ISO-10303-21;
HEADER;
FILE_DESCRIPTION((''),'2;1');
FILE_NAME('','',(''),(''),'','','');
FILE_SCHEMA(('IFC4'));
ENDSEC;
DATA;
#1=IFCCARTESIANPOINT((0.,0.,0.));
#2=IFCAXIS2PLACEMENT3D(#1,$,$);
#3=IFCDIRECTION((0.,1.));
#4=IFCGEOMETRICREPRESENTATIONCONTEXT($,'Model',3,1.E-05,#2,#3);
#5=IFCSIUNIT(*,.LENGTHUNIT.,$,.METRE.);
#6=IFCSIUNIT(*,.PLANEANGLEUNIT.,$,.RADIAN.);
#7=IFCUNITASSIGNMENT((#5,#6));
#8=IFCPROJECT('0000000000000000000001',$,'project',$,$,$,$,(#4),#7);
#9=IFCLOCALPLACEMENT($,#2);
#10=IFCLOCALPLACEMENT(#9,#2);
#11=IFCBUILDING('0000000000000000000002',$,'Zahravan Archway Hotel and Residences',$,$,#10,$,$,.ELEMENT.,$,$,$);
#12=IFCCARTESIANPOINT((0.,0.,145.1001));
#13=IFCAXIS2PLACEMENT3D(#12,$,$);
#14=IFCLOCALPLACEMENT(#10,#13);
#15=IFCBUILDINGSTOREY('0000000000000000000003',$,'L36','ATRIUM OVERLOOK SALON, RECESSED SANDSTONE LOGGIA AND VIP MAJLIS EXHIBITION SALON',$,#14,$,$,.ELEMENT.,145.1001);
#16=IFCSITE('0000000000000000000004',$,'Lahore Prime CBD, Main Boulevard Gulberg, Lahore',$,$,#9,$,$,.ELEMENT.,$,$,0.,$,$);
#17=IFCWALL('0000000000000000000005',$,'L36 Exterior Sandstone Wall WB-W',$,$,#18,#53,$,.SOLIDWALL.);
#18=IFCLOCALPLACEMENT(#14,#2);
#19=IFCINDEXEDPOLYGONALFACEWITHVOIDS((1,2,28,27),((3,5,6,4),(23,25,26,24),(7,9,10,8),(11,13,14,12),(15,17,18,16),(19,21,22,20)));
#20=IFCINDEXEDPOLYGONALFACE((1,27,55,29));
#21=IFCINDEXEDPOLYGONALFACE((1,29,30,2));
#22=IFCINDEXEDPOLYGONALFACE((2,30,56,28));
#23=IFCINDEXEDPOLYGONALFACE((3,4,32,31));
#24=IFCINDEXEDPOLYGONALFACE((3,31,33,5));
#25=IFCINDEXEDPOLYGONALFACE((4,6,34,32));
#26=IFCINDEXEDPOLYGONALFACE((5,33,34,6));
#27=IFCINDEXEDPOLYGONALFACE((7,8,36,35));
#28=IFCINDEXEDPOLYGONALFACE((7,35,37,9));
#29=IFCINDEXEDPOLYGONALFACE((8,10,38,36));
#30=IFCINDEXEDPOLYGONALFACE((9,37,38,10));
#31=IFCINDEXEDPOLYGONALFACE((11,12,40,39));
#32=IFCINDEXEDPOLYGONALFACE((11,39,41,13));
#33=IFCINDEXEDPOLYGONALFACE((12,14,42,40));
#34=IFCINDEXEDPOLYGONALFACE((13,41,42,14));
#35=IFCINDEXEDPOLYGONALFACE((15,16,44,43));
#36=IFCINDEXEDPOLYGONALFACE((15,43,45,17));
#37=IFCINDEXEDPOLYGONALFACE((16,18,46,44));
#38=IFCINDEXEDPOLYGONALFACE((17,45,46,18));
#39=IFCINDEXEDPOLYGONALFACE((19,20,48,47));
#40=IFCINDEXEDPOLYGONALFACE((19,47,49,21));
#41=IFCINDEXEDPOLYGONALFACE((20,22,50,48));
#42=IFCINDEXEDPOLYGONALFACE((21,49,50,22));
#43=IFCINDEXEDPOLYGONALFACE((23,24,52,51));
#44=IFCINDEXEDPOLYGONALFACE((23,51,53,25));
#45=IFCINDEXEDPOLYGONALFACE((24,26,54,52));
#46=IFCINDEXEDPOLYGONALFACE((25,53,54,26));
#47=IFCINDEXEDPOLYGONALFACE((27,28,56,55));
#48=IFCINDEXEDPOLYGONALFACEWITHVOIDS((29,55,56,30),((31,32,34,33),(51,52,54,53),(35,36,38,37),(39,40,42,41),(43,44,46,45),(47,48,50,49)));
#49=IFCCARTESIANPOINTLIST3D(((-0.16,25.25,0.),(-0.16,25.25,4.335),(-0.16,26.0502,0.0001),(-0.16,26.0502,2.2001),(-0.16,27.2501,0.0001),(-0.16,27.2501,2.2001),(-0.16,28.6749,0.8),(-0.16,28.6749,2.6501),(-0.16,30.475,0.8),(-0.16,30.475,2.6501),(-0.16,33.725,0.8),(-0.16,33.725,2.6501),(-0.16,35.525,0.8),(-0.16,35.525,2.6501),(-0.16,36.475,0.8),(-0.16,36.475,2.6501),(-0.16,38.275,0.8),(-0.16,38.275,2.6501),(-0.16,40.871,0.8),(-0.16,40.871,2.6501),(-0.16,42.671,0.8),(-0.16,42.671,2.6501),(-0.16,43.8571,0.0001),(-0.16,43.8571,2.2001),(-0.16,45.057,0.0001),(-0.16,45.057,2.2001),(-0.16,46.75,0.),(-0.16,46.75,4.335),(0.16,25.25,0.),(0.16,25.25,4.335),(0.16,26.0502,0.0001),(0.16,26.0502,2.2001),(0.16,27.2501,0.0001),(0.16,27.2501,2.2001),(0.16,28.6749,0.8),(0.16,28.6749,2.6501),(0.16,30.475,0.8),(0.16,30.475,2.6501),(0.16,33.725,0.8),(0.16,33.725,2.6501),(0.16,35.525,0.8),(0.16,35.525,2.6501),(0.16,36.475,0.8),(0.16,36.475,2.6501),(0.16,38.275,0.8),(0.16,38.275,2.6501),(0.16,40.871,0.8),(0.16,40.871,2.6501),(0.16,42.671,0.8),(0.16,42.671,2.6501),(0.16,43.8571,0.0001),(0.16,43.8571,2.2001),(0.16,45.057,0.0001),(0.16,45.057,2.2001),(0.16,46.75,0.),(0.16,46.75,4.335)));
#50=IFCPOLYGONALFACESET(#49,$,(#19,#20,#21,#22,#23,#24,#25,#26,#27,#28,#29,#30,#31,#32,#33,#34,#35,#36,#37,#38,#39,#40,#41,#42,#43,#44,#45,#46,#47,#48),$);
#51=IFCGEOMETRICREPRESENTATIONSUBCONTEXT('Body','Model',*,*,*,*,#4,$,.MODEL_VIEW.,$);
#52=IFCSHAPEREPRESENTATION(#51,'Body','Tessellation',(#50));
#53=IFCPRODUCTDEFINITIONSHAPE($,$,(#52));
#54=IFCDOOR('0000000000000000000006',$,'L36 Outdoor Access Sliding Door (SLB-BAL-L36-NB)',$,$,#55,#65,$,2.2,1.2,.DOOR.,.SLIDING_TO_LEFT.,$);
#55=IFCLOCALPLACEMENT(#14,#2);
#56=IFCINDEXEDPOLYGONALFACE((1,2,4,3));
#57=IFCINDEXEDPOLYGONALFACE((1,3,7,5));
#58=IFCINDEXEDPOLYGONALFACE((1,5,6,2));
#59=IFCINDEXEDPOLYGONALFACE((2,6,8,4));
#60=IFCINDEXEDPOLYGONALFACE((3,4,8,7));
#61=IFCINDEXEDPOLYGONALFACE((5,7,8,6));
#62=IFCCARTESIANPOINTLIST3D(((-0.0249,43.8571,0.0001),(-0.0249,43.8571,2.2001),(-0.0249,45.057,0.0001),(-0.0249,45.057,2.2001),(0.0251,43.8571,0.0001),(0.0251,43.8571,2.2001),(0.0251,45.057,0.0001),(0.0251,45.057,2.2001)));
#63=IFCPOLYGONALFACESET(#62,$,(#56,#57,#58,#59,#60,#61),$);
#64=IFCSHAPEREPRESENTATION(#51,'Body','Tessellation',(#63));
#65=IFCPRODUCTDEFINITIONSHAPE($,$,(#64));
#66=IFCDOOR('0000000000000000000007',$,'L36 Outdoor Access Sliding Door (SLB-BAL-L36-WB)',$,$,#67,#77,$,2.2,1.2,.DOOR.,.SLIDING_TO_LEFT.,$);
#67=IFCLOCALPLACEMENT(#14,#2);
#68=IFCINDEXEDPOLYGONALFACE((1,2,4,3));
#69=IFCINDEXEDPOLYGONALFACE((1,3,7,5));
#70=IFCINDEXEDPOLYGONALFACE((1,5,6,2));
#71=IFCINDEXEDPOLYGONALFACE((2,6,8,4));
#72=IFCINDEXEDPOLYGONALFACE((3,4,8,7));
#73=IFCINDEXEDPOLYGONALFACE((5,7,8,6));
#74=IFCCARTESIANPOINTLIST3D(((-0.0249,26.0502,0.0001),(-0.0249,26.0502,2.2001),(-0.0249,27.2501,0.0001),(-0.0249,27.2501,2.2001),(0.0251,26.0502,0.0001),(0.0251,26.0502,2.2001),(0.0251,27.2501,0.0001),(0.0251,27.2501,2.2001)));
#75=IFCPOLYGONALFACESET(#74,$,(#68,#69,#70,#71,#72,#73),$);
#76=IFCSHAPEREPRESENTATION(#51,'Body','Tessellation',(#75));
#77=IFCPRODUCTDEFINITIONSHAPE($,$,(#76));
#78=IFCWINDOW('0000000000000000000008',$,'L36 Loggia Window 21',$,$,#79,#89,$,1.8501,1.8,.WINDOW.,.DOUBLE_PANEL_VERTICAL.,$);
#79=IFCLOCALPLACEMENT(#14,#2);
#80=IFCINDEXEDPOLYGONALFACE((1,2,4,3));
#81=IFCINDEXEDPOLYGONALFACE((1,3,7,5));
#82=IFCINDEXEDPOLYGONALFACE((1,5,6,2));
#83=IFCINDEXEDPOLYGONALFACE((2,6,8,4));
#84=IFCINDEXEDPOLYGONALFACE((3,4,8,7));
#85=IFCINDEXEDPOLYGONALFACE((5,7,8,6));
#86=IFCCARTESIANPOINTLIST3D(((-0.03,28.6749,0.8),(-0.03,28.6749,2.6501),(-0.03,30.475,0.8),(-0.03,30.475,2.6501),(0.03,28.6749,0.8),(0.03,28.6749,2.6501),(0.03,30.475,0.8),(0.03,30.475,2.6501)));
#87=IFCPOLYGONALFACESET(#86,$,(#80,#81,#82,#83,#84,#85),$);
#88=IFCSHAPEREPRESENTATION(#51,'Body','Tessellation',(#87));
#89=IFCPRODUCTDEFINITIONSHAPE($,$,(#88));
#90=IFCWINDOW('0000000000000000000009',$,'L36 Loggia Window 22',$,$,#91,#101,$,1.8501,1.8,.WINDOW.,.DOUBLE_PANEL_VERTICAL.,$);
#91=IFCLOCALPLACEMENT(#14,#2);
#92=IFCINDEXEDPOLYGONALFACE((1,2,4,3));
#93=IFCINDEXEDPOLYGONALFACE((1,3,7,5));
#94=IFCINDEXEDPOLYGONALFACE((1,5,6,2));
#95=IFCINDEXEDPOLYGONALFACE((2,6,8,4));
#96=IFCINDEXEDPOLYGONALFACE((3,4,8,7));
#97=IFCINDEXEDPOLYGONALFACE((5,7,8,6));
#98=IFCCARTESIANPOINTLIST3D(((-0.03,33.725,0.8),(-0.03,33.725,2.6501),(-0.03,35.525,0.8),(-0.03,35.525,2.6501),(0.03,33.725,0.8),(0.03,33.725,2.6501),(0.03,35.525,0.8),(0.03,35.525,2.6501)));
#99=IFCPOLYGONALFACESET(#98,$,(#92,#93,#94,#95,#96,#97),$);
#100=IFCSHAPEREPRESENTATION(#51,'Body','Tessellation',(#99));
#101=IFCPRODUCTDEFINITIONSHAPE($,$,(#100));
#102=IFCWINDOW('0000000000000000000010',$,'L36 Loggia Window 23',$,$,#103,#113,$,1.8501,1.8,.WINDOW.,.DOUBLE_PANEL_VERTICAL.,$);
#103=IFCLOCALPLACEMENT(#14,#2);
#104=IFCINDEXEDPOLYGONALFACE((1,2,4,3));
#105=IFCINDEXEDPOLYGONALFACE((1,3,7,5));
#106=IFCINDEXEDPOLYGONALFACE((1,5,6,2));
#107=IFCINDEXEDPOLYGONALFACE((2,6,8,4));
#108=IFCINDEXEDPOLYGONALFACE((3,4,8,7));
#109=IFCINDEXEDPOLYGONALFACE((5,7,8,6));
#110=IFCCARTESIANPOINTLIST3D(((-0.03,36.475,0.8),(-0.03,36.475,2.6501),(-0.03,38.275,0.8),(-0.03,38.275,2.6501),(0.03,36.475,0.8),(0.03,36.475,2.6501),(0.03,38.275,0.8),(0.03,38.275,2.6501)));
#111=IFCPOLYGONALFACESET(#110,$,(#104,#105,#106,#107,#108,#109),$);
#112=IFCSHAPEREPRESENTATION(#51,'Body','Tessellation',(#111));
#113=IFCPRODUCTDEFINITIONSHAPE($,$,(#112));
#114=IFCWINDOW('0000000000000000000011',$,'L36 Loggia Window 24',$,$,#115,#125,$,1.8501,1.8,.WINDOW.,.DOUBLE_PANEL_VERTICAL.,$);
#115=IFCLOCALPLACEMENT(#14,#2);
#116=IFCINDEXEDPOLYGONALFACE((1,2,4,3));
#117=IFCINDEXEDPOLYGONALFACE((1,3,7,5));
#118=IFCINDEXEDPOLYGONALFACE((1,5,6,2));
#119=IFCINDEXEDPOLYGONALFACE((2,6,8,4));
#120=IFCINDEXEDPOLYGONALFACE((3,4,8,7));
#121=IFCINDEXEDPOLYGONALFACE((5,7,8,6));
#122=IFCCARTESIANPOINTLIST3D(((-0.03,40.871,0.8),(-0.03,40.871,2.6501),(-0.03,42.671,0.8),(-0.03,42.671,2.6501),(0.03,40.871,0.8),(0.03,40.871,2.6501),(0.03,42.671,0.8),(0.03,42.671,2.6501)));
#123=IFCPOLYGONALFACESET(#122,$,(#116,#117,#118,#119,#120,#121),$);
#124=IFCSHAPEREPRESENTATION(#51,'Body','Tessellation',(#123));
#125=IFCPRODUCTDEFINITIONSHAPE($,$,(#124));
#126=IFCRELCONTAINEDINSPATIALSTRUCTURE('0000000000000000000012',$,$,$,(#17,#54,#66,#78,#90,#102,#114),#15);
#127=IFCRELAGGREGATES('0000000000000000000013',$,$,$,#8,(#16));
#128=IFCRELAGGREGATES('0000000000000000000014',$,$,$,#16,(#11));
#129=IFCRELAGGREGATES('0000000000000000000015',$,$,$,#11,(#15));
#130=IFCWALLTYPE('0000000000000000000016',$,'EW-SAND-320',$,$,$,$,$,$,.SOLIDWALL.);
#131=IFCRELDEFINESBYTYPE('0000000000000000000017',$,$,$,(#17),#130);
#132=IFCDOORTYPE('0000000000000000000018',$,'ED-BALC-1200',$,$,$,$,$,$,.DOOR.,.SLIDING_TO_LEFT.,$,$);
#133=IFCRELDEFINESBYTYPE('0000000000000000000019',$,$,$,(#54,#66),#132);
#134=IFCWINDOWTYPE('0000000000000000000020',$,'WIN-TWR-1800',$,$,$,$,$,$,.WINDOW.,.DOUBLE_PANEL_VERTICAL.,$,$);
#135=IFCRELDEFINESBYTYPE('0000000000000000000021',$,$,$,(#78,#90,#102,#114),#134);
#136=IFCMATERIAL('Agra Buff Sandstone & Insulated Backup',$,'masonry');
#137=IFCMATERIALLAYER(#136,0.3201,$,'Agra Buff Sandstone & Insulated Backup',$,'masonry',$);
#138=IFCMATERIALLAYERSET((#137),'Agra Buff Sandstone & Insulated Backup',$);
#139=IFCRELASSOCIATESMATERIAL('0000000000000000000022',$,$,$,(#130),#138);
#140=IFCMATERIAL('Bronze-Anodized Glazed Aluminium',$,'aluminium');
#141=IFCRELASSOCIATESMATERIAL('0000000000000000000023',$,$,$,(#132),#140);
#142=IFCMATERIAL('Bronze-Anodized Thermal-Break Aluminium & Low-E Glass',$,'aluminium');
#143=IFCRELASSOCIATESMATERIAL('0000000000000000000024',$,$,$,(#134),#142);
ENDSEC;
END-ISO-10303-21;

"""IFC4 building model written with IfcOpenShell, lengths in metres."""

from ifc_helpers import new_model, si_unit, direction, frame, frame_2d, origin, place, context, subcontext, project, spatial, rectangle, extrude, source, transform, mapped, material, layer, layer_set, type_object, type_shapes, element, fill, save


model = new_model("IFC4")

# Units and contexts
model_context = context("Model", 3, precision=1e-05, world=origin(), true_north=direction((0.0, 1.0)))
body_context = subcontext(model_context, "Body", "Model", "MODEL_VIEW")
ifc_project = project(units=[si_unit("LENGTHUNIT", "METRE"), si_unit("PLANEANGLEUNIT", "RADIAN")], contexts=[model_context])

# Site, building, storey
site_placement = place(None, origin())
site = spatial("IfcSite", under=ifc_project, at=site_placement, Name="Lahore Prime CBD, Main Boulevard Gulberg, Lahore", CompositionType="ELEMENT", RefElevation=0.0)
building_placement = place(site_placement, origin())
building = spatial("IfcBuilding", under=site, at=building_placement, Name="Zahravan Archway Hotel and Residences", CompositionType="ELEMENT")
storey_placement = place(building_placement, frame((0.0, 0.0, 145.1001)))
storey = spatial("IfcBuildingStorey", under=building, at=storey_placement, Name="L36", Description="ATRIUM OVERLOOK SALON, RECESSED SANDSTONE LOGGIA AND VIP MAJLIS EXHIBITION SALON", CompositionType="ELEMENT", Elevation=145.1001)

# Shared definitions
ifc_material_1 = material(Name="Agra Buff Sandstone & Insulated Backup", Category="masonry")
ifc_layer_1 = layer(ifc_material_1, 0.3201, Name="Agra Buff Sandstone & Insulated Backup", Category="masonry")
ifc_layer_set_1 = layer_set([ifc_layer_1], Name="Agra Buff Sandstone & Insulated Backup")
wall_type_1 = type_object("IfcWallType", Name="EW-SAND-320", PredefinedType="SOLIDWALL", material=ifc_layer_set_1)
ifc_material_2 = material(Name="Bronze-Anodized Thermal-Break Aluminium & Low-E Glass", Category="aluminium")

# Wall, openings, doors, windows
wall_1_placement = place(storey_placement, frame((0.0, 25.25, 0.0), z_axis=(0.0, 0.0, 1.0), x_axis=(0.0, 1.0, 0.0)))
wall_1 = element("IfcWall", 1, at=wall_1_placement, inside=storey, type_object=wall_type_1, Name="L36 Exterior Sandstone Wall WB-W", PredefinedType="SOLIDWALL", context=body_context, shape_type="SweptSolid", body=[
    extrude(rectangle(XDim=21.5, YDim=0.3201, at=frame_2d((10.75, 0.0))), origin(), (0.0, 0.0, 1.0), 4.335),
])
opening_1_placement = place(wall_1_placement, frame((18.6069, 0.0, 0.0)))
opening_1 = element("IfcOpeningElement", 2, at=opening_1_placement, cuts=wall_1, PredefinedType="OPENING", context=body_context, shape_type="SweptSolid", body=[
    extrude(rectangle(XDim=1.2, YDim=2.2, at=frame_2d((0.6001, 1.1001))), frame((0.0, 0.1699, 0.0), z_axis=(0.0, -1.0, 0.0), x_axis=(1.0, 0.0, 0.0)), (0.0, 0.0, 1.0), 0.3401),
])
opening_2_placement = place(wall_1_placement, frame((0.8, 0.0, 0.0)))
opening_2 = element("IfcOpeningElement", 3, at=opening_2_placement, cuts=wall_1, PredefinedType="OPENING", context=body_context, shape_type="SweptSolid", body=[
    extrude(rectangle(XDim=1.2, YDim=2.2, at=frame_2d((0.6001, 1.1001))), frame((0.0, 0.1699, 0.0), z_axis=(0.0, -1.0, 0.0), x_axis=(1.0, 0.0, 0.0)), (0.0, 0.0, 1.0), 0.3401),
])
opening_3_placement = place(wall_1_placement, frame((3.425, 0.0, 0.8)))
opening_3 = element("IfcOpeningElement", 4, at=opening_3_placement, cuts=wall_1, PredefinedType="OPENING", context=body_context, shape_type="SweptSolid", body=[
    extrude(rectangle(XDim=1.8, YDim=1.8501, at=frame_2d((0.8999, 0.925))), frame((0.0, 0.1699, 0.0), z_axis=(0.0, -1.0, 0.0), x_axis=(1.0, 0.0, 0.0)), (0.0, 0.0, 1.0), 0.3401),
])
opening_4_placement = place(wall_1_placement, frame((8.4751, 0.0, 0.8)))
opening_4 = element("IfcOpeningElement", 5, at=opening_4_placement, cuts=wall_1, PredefinedType="OPENING", context=body_context, shape_type="SweptSolid", body=[
    extrude(rectangle(XDim=1.8, YDim=1.8501, at=frame_2d((0.8999, 0.925))), frame((0.0, 0.1699, 0.0), z_axis=(0.0, -1.0, 0.0), x_axis=(1.0, 0.0, 0.0)), (0.0, 0.0, 1.0), 0.3401),
])
opening_5_placement = place(wall_1_placement, frame((11.2251, 0.0, 0.8)))
opening_5 = element("IfcOpeningElement", 6, at=opening_5_placement, cuts=wall_1, PredefinedType="OPENING", context=body_context, shape_type="SweptSolid", body=[
    extrude(rectangle(XDim=1.8, YDim=1.8501, at=frame_2d((0.8999, 0.925))), frame((0.0, 0.1699, 0.0), z_axis=(0.0, -1.0, 0.0), x_axis=(1.0, 0.0, 0.0)), (0.0, 0.0, 1.0), 0.3401),
])
opening_6_placement = place(wall_1_placement, frame((15.6211, 0.0, 0.8)))
opening_6 = element("IfcOpeningElement", 7, at=opening_6_placement, cuts=wall_1, PredefinedType="OPENING", context=body_context, shape_type="SweptSolid", body=[
    extrude(rectangle(XDim=1.8, YDim=1.8501, at=frame_2d((0.8999, 0.925))), frame((0.0, 0.1699, 0.0), z_axis=(0.0, -1.0, 0.0), x_axis=(1.0, 0.0, 0.0)), (0.0, 0.0, 1.0), 0.3401),
])
ifc_material_3 = material(Name="Bronze-Anodized Glazed Aluminium", Category="aluminium")
door_type_1 = type_object("IfcDoorType", Name="ED-BALC-1200", OperationType="SLIDING_TO_LEFT", PredefinedType="DOOR", material=ifc_material_3)
shared_shape_1 = source(origin(), body_context, "Body", "SweptSolid", [
    extrude(rectangle(XDim=1.2, YDim=2.2, at=frame_2d((0.6001, 1.1001))), frame((0.0, 0.0249, 0.0), z_axis=(0.0, -1.0, 0.0), x_axis=(1.0, 0.0, 0.0)), (0.0, 0.0, 1.0), 0.05),
])
type_shapes(door_type_1, [shared_shape_1])
door_1_placement = place(opening_1_placement, origin())
door_1 = element("IfcDoor", 8, at=door_1_placement, inside=storey, type_object=door_type_1, Name="L36 Outdoor Access Sliding Door (SLB-BAL-L36-NB)", OperationType="SLIDING_TO_LEFT", OverallHeight=2.2, OverallWidth=1.2, PredefinedType="DOOR", context=body_context, shape_type="MappedRepresentation", body=[
    mapped(shared_shape_1, transform((0.0, 0.0, 0.0), scale=1.0)),
])
fill(opening_1, door_1)
door_2_placement = place(opening_2_placement, origin())
door_2 = element("IfcDoor", 9, at=door_2_placement, inside=storey, type_object=door_type_1, Name="L36 Outdoor Access Sliding Door (SLB-BAL-L36-WB)", OperationType="SLIDING_TO_LEFT", OverallHeight=2.2, OverallWidth=1.2, PredefinedType="DOOR", context=body_context, shape_type="MappedRepresentation", body=[
    mapped(shared_shape_1, transform((0.0, 0.0, 0.0), scale=1.0)),
])
fill(opening_2, door_2)
window_type_1 = type_object("IfcWindowType", Name="WIN-TWR-1800", PartitioningType="DOUBLE_PANEL_VERTICAL", PredefinedType="WINDOW", material=ifc_material_2)
shared_shape_2 = source(origin(), body_context, "Body", "SweptSolid", [
    extrude(rectangle(XDim=1.8, YDim=1.8501, at=frame_2d((0.8999, 0.925))), frame((0.0, 0.03, 0.0), z_axis=(0.0, -1.0, 0.0), x_axis=(1.0, 0.0, 0.0)), (0.0, 0.0, 1.0), 0.0601),
])
type_shapes(window_type_1, [shared_shape_2])
window_1_placement = place(opening_3_placement, origin())
window_1 = element("IfcWindow", 10, at=window_1_placement, inside=storey, type_object=window_type_1, Name="L36 Loggia Window 21", OverallHeight=1.8501, OverallWidth=1.8, PartitioningType="DOUBLE_PANEL_VERTICAL", PredefinedType="WINDOW", context=body_context, shape_type="MappedRepresentation", body=[
    mapped(shared_shape_2, transform((0.0, 0.0, 0.0), scale=1.0)),
])
fill(opening_3, window_1)
window_2_placement = place(opening_4_placement, origin())
window_2 = element("IfcWindow", 11, at=window_2_placement, inside=storey, type_object=window_type_1, Name="L36 Loggia Window 22", OverallHeight=1.8501, OverallWidth=1.8, PartitioningType="DOUBLE_PANEL_VERTICAL", PredefinedType="WINDOW", context=body_context, shape_type="MappedRepresentation", body=[
    mapped(shared_shape_2, transform((0.0, 0.0, 0.0), scale=1.0)),
])
fill(opening_4, window_2)
window_3_placement = place(opening_5_placement, origin())
window_3 = element("IfcWindow", 12, at=window_3_placement, inside=storey, type_object=window_type_1, Name="L36 Loggia Window 23", OverallHeight=1.8501, OverallWidth=1.8, PartitioningType="DOUBLE_PANEL_VERTICAL", PredefinedType="WINDOW", context=body_context, shape_type="MappedRepresentation", body=[
    mapped(shared_shape_2, transform((0.0, 0.0, 0.0), scale=1.0)),
])
fill(opening_5, window_3)
window_4_placement = place(opening_6_placement, origin())
window_4 = element("IfcWindow", 13, at=window_4_placement, inside=storey, type_object=window_type_1, Name="L36 Loggia Window 24", OverallHeight=1.8501, OverallWidth=1.8, PartitioningType="DOUBLE_PANEL_VERTICAL", PredefinedType="WINDOW", context=body_context, shape_type="MappedRepresentation", body=[
    mapped(shared_shape_2, transform((0.0, 0.0, 0.0), scale=1.0)),
])
fill(opening_6, window_4)

save(model, "model.ifc")
